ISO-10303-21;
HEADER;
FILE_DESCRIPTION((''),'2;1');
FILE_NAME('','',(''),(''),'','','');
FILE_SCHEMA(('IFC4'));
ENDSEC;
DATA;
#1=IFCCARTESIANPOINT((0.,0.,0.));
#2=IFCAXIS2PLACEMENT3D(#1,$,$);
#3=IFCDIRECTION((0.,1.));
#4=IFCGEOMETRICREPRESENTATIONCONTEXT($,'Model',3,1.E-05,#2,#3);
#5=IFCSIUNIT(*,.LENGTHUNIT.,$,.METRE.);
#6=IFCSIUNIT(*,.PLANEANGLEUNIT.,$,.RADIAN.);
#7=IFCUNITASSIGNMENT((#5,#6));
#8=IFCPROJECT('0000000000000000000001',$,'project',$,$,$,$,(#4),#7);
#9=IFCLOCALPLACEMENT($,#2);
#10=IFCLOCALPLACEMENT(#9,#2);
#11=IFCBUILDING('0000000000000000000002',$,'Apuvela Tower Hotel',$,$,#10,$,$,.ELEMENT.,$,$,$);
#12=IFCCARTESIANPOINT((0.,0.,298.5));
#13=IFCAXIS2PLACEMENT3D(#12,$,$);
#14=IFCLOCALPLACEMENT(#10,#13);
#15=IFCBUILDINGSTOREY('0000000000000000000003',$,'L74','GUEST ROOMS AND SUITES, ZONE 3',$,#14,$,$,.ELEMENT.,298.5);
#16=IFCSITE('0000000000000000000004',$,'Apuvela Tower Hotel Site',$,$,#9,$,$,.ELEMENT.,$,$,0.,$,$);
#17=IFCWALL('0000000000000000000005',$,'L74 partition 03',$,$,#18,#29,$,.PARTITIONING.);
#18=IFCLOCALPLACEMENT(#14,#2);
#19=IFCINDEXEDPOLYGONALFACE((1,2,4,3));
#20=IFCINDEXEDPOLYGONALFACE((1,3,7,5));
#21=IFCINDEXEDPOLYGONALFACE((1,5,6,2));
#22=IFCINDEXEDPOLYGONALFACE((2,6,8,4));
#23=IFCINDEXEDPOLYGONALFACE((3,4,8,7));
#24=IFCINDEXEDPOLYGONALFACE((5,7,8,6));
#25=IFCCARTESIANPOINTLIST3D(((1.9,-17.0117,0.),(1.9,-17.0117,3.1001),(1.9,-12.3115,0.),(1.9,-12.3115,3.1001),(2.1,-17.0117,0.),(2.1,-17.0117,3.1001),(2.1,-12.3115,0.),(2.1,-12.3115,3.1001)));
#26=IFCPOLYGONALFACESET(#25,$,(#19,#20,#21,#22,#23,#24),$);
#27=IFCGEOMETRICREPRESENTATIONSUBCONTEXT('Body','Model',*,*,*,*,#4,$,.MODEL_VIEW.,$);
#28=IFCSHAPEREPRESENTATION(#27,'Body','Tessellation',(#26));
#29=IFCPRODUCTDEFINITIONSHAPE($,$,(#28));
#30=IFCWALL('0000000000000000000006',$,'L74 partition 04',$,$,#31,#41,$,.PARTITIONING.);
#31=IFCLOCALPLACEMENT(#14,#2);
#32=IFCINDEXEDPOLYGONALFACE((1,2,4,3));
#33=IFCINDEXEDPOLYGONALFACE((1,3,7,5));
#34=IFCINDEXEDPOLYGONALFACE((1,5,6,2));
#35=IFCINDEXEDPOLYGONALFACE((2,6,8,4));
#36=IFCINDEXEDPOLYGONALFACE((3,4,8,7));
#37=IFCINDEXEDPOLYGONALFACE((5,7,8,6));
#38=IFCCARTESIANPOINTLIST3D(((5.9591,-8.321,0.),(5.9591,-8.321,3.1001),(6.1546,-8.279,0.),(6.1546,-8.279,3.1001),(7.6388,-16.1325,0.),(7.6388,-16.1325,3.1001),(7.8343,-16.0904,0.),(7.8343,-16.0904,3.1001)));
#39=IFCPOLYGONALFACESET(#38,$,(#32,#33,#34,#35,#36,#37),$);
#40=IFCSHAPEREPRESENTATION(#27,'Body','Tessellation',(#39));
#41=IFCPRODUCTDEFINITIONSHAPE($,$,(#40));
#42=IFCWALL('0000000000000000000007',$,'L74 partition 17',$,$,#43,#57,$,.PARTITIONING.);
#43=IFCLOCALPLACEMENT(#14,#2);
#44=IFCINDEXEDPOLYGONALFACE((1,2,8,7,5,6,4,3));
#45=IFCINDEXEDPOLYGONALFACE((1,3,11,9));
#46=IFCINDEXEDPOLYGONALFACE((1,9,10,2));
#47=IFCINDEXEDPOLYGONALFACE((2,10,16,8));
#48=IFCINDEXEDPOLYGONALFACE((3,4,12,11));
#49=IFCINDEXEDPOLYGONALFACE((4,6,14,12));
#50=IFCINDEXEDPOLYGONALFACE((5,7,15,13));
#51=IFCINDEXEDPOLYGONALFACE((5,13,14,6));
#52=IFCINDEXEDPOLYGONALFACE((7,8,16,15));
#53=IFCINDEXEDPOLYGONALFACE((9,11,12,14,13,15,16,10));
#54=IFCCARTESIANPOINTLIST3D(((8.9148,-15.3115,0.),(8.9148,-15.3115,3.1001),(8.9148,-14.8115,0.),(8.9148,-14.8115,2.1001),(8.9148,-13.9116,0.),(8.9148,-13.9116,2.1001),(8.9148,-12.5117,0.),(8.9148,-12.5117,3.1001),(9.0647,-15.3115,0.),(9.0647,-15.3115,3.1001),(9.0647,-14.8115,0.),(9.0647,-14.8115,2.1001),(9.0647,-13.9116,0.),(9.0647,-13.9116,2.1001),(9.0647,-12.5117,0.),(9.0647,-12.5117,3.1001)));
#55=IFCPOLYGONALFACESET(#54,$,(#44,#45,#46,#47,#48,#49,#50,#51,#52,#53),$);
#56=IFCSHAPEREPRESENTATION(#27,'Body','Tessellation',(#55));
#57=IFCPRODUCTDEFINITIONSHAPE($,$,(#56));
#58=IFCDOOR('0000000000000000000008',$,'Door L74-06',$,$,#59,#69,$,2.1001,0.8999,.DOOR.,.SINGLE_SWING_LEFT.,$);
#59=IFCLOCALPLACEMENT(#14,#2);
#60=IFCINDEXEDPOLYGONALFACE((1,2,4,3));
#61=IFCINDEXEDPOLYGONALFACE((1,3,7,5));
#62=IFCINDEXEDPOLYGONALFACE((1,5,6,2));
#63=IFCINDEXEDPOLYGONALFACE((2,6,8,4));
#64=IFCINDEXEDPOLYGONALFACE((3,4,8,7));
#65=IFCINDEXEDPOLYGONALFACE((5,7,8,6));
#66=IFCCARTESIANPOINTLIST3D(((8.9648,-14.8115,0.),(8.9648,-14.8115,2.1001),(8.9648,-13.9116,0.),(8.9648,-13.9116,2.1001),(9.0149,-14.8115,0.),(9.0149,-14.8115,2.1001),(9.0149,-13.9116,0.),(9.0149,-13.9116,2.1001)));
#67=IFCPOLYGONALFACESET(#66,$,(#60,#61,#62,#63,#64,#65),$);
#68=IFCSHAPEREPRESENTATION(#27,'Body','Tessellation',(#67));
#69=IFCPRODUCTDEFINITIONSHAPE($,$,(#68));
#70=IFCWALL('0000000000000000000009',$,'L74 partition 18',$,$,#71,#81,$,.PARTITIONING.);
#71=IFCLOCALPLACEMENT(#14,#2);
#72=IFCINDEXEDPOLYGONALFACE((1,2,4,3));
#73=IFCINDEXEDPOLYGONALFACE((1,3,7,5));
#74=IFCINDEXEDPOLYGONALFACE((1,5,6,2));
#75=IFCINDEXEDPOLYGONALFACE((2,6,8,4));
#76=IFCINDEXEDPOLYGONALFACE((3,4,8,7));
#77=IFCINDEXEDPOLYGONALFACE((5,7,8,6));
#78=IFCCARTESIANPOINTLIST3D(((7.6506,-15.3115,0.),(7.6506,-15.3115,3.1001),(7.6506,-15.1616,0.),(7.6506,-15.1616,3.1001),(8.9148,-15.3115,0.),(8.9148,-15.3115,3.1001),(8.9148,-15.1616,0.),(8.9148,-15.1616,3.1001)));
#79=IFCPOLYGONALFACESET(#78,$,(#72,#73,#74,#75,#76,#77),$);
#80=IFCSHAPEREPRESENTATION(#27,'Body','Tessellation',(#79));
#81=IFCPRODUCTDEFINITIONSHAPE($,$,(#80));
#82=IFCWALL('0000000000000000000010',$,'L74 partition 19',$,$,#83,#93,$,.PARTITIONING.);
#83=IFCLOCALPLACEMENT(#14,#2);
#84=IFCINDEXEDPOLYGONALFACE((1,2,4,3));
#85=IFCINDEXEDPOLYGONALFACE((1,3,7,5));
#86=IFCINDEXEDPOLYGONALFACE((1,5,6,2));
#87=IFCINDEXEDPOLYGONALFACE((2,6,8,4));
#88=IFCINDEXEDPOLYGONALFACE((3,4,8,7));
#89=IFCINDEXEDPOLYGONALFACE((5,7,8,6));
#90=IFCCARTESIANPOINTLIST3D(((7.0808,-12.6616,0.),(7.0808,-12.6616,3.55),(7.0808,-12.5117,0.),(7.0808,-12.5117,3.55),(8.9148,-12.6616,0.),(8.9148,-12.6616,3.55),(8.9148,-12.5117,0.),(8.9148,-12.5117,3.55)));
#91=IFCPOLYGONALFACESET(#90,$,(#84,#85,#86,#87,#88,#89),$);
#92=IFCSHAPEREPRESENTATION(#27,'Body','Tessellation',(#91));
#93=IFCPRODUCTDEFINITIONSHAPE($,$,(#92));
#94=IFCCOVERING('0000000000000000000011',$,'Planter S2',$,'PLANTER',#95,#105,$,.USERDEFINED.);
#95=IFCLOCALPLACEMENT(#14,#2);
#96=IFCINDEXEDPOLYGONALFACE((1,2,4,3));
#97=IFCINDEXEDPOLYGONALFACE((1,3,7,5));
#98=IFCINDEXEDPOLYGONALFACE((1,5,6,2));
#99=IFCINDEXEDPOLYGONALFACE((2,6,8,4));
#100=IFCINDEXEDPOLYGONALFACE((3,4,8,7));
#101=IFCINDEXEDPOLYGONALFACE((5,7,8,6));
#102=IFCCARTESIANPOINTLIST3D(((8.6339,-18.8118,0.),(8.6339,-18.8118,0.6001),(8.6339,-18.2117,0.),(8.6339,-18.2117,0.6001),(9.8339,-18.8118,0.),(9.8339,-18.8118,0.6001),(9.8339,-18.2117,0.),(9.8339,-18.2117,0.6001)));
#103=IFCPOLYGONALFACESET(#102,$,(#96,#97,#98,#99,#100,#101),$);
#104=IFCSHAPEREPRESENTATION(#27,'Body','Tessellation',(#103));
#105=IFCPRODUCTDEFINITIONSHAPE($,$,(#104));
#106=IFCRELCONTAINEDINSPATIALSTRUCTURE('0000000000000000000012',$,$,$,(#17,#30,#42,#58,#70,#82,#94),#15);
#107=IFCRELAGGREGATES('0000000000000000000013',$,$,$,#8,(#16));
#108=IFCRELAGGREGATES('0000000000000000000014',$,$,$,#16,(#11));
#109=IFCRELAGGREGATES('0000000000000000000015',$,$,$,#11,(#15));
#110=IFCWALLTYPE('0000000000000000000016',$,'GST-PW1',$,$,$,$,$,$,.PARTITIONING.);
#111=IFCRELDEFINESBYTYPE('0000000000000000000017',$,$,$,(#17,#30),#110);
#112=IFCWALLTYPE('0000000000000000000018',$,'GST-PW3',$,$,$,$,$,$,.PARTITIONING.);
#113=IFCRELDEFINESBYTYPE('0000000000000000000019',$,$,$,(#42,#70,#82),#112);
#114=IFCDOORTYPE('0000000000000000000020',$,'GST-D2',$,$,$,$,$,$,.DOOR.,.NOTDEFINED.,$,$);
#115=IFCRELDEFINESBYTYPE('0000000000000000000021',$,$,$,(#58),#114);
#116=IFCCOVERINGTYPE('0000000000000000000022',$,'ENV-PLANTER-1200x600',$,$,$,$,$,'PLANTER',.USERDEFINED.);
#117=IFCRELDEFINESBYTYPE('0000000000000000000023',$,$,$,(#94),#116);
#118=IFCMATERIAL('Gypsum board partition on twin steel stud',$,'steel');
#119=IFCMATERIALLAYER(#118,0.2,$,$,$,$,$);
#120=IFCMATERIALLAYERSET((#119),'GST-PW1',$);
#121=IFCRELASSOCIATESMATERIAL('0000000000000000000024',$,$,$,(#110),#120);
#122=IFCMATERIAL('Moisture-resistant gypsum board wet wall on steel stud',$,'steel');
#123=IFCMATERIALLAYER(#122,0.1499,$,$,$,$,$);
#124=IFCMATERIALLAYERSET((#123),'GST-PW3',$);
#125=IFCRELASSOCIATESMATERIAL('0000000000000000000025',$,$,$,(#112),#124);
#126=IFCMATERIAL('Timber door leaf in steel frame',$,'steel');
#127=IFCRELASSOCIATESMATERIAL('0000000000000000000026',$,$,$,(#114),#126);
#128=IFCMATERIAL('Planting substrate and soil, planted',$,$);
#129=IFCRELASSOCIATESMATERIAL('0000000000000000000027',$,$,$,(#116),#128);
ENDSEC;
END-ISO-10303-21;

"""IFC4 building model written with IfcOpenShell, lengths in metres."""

from ifc_helpers import new_model, si_unit, direction, frame, frame_2d, origin, origin_2d, place, context, subcontext, project, spatial, rectangle, extrude, material, layer, layer_set, type_object, element, fill, save


model = new_model("IFC4")

# Units and contexts
model_context = context("Model", 3, precision=1e-05, world=origin(), true_north=direction((0.0, 1.0)))
body_context = subcontext(model_context, "Body", "Model", "MODEL_VIEW")
ifc_project = project(units=[si_unit("LENGTHUNIT", "METRE"), si_unit("PLANEANGLEUNIT", "RADIAN")], contexts=[model_context])

# Site, building, storey
site_placement = place(None, origin())
site = spatial("IfcSite", under=ifc_project, at=site_placement, Name="Apuvela Tower Hotel Site", CompositionType="ELEMENT", RefElevation=0.0)
building_placement = place(site_placement, origin())
building = spatial("IfcBuilding", under=site, at=building_placement, Name="Apuvela Tower Hotel", CompositionType="ELEMENT")
storey_placement = place(building_placement, frame((0.0, 0.0, 298.5)))
storey = spatial("IfcBuildingStorey", under=building, at=storey_placement, Name="L74", Description="GUEST ROOMS AND SUITES, ZONE 3", CompositionType="ELEMENT", Elevation=298.5)

# Walls
ifc_material_1 = material(Name="Gypsum board partition on twin steel stud", Category="steel")
ifc_layer_1 = layer(ifc_material_1, 0.2)
ifc_layer_set_1 = layer_set([ifc_layer_1], Name="GST-PW1")
wall_type_1 = type_object("IfcWallType", Name="GST-PW1", PredefinedType="PARTITIONING", material=ifc_layer_set_1)
wall_1_placement = place(storey_placement, frame((2.0, -17.0117, 0.0), z_axis=(0.0, 0.0, 1.0), x_axis=(0.0, 1.0, 0.0)))
element("IfcWall", 1, at=wall_1_placement, inside=storey, type_object=wall_type_1, Name="L74 partition 03", PredefinedType="PARTITIONING", context=body_context, shape_type="SweptSolid", body=[
    extrude(rectangle(XDim=4.7002, YDim=0.2, at=frame_2d((2.3501, 0.0))), origin(), (0.0, 0.0, 1.0), 3.1001),
])
wall_2_placement = place(storey_placement, frame((7.7366, -16.1116, 0.0), z_axis=(0.0, 0.0, 1.0), x_axis=(-0.210222, 0.977654, 0.0)))
element("IfcWall", 2, at=wall_2_placement, inside=storey, type_object=wall_type_1, Name="L74 partition 04", PredefinedType="PARTITIONING", context=body_context, shape_type="SweptSolid", body=[
    extrude(rectangle(XDim=7.99, YDim=0.2, at=frame_2d((3.9951, 0.0))), origin(), (0.0, 0.0, 1.0), 3.1001),
])

# Wall, opening, door
ifc_material_2 = material(Name="Moisture-resistant gypsum board wet wall on steel stud", Category="steel")
ifc_layer_2 = layer(ifc_material_2, 0.1499)
ifc_layer_set_2 = layer_set([ifc_layer_2], Name="GST-PW3")
wall_type_2 = type_object("IfcWallType", Name="GST-PW3", PredefinedType="PARTITIONING", material=ifc_layer_set_2)
wall_3_placement = place(storey_placement, frame((8.9897, -15.3115, 0.0), z_axis=(0.0, 0.0, 1.0), x_axis=(0.0, 1.0, 0.0)))
wall_3 = element("IfcWall", 3, at=wall_3_placement, inside=storey, type_object=wall_type_2, Name="L74 partition 17", PredefinedType="PARTITIONING", context=body_context, shape_type="SweptSolid", body=[
    extrude(rectangle(XDim=2.7998, YDim=0.1499, at=frame_2d((1.3999, 0.0))), origin(), (0.0, 0.0, 1.0), 3.1001),
])
opening_1_placement = place(wall_3_placement, frame((0.5, 0.0, 0.0)))
opening_1 = element("IfcOpeningElement", 4, at=opening_1_placement, cuts=wall_3, PredefinedType="OPENING", context=body_context, shape_type="SweptSolid", body=[
    extrude(rectangle(XDim=0.8999, YDim=2.1001, at=frame_2d((0.45, 1.05))), frame((0.0, 0.085, 0.0), z_axis=(0.0, -1.0, 0.0), x_axis=(1.0, 0.0, 0.0)), (0.0, 0.0, 1.0), 0.1699),
])
ifc_material_3 = material(Name="Timber door leaf in steel frame", Category="steel")
door_type_1 = type_object("IfcDoorType", Name="GST-D2", OperationType="NOTDEFINED", PredefinedType="DOOR", material=ifc_material_3)
door_1_placement = place(opening_1_placement, origin())
door_1 = element("IfcDoor", 5, at=door_1_placement, inside=storey, type_object=door_type_1, Name="Door L74-06", OperationType="SINGLE_SWING_LEFT", OverallHeight=2.1001, OverallWidth=0.8999, PredefinedType="DOOR", context=body_context, shape_type="SweptSolid", body=[
    extrude(rectangle(XDim=0.8999, YDim=2.1001, at=frame_2d((0.45, 1.05))), frame((0.0, 0.0249, 0.0), z_axis=(0.0, -1.0, 0.0), x_axis=(1.0, 0.0, 0.0)), (0.0, 0.0, 1.0), 0.05),
])
fill(opening_1, door_1)

# Walls
wall_4_placement = place(storey_placement, frame((7.6506, -15.2366, 0.0), z_axis=(0.0, 0.0, 1.0), x_axis=(1.0, 0.0, 0.0)))
element("IfcWall", 6, at=wall_4_placement, inside=storey, type_object=wall_type_2, Name="L74 partition 18", PredefinedType="PARTITIONING", context=body_context, shape_type="SweptSolid", body=[
    extrude(rectangle(XDim=1.2642, YDim=0.1499, at=frame_2d((0.6321, 0.0))), origin(), (0.0, 0.0, 1.0), 3.1001),
])
wall_5_placement = place(storey_placement, frame((7.0808, -12.5867, 0.0), z_axis=(0.0, 0.0, 1.0), x_axis=(1.0, 0.0, 0.0)))
element("IfcWall", 7, at=wall_5_placement, inside=storey, type_object=wall_type_2, Name="L74 partition 19", PredefinedType="PARTITIONING", context=body_context, shape_type="SweptSolid", body=[
    extrude(rectangle(XDim=1.834, YDim=0.1499, at=frame_2d((0.917, 0.0))), origin(), (0.0, 0.0, 1.0), 3.55),
])

# Covering
ifc_material_4 = material(Name="Planting substrate and soil, planted")
covering_type = type_object("IfcCoveringType", Name="ENV-PLANTER-1200x600", ElementType="PLANTER", PredefinedType="USERDEFINED", material=ifc_material_4)
covering_placement = place(storey_placement, frame((9.2339, -18.5117, 0.0), z_axis=(0.0, 0.0, 1.0), x_axis=(1.0, 0.0, 0.0)))
element("IfcCovering", 8, at=covering_placement, inside=storey, type_object=covering_type, Name="Planter S2", ObjectType="PLANTER", PredefinedType="USERDEFINED", context=body_context, shape_type="SweptSolid", body=[
    extrude(rectangle(XDim=1.2, YDim=0.6001, at=origin_2d()), origin(), (0.0, 0.0, 1.0), 0.6001),
])

save(model, "model.ifc")
